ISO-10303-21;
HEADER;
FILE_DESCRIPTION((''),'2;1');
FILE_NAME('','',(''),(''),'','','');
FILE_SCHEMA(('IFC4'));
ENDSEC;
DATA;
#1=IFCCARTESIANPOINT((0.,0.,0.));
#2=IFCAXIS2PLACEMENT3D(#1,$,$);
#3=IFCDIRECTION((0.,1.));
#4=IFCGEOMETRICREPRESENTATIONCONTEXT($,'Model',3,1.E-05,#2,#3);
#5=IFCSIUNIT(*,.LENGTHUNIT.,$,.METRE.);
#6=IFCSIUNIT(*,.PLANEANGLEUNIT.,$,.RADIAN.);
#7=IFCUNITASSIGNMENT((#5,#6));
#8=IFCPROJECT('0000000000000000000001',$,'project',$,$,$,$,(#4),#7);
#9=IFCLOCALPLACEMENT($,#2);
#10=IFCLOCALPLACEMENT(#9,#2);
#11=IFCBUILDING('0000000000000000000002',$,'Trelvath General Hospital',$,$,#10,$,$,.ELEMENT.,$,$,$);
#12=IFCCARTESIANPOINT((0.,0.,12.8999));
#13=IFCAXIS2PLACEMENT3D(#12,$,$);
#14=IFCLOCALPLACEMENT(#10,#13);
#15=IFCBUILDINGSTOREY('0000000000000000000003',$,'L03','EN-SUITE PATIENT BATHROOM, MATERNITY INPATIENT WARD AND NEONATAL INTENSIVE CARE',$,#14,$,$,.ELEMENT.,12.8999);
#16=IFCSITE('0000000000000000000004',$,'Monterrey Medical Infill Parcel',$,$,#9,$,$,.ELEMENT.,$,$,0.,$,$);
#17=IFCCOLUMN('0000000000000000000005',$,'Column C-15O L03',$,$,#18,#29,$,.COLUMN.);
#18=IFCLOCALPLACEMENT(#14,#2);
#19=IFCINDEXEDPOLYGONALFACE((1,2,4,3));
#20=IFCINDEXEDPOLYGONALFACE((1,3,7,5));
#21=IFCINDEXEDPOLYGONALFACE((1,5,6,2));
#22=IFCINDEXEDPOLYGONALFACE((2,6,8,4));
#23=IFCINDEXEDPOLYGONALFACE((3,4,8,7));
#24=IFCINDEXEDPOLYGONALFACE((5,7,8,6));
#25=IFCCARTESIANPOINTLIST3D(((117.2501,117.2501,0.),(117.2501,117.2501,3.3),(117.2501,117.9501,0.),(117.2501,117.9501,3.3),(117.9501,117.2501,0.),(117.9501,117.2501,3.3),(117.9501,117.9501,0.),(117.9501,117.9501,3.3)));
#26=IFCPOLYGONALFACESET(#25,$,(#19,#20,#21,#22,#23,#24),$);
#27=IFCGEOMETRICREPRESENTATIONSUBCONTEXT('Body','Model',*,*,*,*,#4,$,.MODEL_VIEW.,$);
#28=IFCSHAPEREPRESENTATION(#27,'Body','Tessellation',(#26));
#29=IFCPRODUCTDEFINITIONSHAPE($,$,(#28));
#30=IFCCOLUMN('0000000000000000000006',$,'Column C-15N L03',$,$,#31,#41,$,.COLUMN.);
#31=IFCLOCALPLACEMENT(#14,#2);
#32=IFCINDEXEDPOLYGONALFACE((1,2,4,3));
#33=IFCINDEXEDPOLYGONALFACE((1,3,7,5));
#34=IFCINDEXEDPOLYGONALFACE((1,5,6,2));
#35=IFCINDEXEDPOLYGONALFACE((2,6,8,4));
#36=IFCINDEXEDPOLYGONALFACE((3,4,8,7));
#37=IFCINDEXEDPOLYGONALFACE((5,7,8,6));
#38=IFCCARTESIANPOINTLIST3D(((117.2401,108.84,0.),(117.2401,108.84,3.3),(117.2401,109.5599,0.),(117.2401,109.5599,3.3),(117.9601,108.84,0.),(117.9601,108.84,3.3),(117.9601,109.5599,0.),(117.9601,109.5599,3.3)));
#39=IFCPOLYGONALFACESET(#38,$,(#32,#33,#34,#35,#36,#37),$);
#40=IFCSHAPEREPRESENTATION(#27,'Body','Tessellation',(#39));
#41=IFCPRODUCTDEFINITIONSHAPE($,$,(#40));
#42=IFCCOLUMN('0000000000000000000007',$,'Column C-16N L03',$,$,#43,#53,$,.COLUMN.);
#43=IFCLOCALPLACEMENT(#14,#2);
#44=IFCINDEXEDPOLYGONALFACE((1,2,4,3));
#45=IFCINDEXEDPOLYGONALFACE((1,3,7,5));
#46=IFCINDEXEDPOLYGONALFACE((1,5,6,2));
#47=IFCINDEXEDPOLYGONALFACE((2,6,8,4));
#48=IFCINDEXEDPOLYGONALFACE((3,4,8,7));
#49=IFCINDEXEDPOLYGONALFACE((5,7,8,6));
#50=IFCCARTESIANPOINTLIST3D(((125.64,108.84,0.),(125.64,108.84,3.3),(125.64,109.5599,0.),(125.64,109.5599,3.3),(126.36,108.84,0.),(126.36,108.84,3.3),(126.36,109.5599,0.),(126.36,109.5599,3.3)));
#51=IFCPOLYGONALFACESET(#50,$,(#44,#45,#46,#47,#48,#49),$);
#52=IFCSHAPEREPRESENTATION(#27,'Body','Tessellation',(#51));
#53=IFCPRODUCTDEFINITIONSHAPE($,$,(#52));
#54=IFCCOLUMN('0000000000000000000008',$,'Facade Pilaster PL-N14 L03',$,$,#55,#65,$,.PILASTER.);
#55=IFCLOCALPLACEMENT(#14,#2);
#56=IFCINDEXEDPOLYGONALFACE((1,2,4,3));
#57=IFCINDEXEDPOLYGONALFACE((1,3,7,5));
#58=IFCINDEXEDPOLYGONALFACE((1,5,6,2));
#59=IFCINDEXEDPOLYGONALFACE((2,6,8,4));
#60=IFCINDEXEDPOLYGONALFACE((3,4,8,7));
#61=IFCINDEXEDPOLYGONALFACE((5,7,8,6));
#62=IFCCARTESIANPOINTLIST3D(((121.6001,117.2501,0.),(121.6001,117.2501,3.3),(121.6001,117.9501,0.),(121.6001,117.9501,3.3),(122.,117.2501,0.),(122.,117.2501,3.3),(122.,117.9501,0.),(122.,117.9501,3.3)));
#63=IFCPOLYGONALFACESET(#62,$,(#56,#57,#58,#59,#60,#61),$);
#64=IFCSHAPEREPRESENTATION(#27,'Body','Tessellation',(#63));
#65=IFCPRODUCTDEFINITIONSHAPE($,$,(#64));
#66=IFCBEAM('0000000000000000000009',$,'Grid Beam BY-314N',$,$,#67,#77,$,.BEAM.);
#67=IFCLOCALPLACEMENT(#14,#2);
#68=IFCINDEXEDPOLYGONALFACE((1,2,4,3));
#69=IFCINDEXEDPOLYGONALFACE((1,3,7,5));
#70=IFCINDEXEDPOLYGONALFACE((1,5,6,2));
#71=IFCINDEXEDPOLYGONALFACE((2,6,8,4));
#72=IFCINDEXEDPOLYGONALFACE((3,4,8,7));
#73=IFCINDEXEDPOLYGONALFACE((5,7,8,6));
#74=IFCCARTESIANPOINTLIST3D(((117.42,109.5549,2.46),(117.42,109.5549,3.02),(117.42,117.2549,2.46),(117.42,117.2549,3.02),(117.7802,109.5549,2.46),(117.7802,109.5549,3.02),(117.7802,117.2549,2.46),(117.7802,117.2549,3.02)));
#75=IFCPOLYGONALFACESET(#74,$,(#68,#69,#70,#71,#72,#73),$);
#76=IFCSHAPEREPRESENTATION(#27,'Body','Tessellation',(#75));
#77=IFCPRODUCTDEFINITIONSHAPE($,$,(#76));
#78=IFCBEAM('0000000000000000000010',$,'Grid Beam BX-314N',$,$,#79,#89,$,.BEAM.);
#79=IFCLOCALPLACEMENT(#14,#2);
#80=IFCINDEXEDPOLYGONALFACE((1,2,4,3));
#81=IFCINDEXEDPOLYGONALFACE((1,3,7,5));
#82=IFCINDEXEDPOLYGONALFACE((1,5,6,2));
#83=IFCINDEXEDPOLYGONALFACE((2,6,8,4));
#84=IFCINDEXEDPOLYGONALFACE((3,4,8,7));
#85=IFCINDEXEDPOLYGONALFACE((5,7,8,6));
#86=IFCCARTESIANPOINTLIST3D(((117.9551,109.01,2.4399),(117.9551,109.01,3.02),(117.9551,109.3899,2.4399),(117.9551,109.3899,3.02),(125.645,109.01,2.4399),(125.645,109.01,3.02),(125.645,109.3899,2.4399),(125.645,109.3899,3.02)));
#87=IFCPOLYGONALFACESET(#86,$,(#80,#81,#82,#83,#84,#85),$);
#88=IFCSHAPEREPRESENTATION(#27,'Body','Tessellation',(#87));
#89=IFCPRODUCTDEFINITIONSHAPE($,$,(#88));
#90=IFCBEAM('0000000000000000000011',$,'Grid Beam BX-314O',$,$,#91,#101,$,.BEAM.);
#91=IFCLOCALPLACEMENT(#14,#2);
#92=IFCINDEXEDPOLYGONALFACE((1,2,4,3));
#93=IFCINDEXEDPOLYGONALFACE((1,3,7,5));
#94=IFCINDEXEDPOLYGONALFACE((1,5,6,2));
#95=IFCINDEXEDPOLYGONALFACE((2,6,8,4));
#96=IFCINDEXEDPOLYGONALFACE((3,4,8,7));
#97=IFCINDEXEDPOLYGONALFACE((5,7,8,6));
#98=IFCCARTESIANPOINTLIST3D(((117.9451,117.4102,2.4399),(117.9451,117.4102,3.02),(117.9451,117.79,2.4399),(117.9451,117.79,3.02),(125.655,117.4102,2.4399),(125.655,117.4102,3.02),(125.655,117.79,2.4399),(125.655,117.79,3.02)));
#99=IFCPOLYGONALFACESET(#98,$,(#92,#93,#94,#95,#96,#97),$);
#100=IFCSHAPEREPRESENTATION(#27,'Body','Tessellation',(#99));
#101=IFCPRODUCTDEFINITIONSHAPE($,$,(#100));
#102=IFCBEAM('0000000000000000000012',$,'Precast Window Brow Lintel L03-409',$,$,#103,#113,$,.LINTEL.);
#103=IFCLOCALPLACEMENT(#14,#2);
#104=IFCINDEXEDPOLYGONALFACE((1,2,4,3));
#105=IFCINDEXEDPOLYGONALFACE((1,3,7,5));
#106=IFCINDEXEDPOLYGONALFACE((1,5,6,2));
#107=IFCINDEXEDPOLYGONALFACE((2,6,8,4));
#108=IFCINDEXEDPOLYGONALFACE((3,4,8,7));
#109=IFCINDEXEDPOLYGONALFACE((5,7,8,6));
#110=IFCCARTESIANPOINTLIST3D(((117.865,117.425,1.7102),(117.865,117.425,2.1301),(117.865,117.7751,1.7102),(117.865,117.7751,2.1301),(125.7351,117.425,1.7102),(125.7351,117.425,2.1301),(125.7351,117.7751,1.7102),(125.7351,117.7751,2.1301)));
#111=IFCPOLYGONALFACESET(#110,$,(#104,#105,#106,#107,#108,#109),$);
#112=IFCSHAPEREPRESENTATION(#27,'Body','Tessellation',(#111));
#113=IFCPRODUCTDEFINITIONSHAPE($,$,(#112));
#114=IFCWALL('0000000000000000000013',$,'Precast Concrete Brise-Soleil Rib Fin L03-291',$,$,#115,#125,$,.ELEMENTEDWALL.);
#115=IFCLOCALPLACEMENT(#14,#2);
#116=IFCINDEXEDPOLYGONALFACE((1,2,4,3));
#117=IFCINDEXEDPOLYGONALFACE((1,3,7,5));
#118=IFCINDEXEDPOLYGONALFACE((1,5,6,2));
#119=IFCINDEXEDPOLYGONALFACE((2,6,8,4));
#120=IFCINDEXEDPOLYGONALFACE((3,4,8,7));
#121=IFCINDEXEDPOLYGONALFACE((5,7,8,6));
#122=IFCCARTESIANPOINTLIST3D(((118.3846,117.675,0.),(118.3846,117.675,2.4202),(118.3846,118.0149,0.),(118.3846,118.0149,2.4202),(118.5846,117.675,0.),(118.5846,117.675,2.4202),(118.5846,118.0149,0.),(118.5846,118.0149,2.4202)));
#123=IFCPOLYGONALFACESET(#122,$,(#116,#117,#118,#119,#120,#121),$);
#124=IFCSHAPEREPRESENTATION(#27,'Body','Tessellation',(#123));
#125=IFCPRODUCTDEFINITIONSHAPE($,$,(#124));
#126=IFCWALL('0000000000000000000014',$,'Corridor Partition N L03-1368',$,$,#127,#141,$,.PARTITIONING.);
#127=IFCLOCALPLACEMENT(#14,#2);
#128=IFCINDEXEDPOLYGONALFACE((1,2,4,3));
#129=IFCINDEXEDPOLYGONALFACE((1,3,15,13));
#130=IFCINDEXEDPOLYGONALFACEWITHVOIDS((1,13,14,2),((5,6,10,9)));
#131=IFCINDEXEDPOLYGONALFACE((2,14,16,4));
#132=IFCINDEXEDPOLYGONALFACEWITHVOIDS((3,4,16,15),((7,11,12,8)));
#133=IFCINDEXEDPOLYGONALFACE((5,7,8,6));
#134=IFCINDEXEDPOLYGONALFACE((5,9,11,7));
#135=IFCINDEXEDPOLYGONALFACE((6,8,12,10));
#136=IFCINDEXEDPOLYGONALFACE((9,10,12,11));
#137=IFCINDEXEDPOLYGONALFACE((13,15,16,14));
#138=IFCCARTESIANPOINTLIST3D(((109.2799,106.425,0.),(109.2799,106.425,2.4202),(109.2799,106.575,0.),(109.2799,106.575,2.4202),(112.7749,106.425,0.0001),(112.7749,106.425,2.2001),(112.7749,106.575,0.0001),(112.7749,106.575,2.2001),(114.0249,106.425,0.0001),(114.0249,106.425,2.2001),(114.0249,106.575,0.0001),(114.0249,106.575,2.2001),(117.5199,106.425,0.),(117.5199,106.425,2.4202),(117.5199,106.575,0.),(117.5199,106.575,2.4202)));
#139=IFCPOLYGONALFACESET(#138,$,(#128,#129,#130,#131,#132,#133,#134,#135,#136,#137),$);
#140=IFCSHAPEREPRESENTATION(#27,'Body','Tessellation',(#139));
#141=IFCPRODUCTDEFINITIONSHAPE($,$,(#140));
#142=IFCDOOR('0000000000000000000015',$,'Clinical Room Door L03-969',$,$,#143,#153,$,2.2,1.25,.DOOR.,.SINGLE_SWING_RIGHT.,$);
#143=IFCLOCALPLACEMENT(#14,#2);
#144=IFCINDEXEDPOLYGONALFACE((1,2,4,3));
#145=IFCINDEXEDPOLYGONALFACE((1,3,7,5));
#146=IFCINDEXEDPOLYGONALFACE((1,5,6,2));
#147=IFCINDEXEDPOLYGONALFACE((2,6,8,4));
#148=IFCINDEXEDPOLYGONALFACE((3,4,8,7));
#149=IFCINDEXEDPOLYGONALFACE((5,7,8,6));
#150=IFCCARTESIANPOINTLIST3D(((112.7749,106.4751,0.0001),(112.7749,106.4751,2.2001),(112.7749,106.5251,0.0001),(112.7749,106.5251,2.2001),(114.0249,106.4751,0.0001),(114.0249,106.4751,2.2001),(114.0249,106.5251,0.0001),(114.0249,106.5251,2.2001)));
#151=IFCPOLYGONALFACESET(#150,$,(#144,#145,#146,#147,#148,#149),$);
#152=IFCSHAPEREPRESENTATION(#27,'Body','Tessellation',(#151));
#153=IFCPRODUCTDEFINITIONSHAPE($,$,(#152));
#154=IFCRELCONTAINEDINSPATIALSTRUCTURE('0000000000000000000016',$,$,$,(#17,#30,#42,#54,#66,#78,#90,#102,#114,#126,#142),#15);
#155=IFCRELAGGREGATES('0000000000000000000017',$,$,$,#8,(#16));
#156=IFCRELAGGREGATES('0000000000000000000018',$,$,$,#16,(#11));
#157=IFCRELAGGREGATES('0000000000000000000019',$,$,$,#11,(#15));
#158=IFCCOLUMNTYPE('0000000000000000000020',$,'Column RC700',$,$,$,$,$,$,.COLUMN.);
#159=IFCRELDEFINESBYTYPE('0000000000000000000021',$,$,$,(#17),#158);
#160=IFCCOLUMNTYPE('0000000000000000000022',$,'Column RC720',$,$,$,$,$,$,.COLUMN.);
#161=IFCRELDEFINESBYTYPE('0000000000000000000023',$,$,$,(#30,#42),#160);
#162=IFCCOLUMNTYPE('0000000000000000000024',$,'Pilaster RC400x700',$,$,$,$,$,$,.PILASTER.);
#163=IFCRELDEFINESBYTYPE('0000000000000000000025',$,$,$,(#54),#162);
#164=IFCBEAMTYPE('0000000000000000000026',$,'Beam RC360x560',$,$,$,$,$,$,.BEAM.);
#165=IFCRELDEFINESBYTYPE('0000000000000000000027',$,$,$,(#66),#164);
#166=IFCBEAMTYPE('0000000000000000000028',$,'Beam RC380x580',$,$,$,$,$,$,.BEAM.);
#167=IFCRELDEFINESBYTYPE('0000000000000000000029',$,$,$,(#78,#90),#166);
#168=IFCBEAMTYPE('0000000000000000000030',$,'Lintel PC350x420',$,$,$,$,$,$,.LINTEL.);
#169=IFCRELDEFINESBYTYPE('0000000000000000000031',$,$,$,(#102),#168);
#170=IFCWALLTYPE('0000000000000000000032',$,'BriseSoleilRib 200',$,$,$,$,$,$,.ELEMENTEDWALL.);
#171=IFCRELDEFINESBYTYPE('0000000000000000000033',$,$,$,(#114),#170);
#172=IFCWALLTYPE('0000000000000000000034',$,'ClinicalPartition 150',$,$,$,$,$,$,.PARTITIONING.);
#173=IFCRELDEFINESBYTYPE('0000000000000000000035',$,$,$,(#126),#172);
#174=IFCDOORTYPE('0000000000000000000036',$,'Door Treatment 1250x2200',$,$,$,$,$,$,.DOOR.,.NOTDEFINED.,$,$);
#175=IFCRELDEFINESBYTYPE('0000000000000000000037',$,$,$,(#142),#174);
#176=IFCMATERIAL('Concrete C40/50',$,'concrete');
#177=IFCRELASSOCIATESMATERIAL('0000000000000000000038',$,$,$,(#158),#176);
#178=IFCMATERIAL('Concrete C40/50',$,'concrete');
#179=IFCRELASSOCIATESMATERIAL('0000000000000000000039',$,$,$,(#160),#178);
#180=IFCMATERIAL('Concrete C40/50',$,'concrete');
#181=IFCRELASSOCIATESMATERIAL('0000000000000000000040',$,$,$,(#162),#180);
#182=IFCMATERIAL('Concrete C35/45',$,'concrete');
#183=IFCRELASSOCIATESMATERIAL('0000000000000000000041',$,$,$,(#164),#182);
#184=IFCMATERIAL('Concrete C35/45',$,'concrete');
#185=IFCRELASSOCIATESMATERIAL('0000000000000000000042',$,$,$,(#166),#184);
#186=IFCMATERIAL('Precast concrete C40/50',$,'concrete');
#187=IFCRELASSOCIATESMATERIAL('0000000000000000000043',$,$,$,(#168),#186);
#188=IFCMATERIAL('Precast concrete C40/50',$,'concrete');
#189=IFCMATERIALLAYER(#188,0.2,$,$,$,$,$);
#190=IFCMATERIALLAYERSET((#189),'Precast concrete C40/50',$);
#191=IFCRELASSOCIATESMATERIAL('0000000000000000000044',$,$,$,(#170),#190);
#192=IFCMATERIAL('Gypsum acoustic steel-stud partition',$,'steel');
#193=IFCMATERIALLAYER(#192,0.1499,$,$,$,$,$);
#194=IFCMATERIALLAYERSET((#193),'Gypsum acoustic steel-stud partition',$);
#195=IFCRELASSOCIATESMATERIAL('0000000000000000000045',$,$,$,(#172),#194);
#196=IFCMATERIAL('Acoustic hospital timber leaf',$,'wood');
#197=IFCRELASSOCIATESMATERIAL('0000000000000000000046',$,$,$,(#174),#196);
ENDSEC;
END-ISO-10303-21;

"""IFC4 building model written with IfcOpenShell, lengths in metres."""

from ifc_helpers import new_model, si_unit, direction, frame, frame_2d, origin, origin_2d, place, context, subcontext, project, spatial, rectangle, extrude, material, layer, layer_set, material_profile, profile_set, type_object, element, fill, save


model = new_model("IFC4")

# Units and contexts
model_context = context("Model", 3, precision=1e-05, world=origin(), true_north=direction((0.0, 1.0)))
body_context = subcontext(model_context, "Body", "Model", "MODEL_VIEW")
ifc_project = project(units=[si_unit("LENGTHUNIT", "METRE"), si_unit("PLANEANGLEUNIT", "RADIAN")], contexts=[model_context])

# Site, building, storey
site_placement = place(None, origin())
site = spatial("IfcSite", under=ifc_project, at=site_placement, Name="Monterrey Medical Infill Parcel", CompositionType="ELEMENT", RefElevation=0.0)
building_placement = place(site_placement, origin())
building = spatial("IfcBuilding", under=site, at=building_placement, Name="Trelvath General Hospital", CompositionType="ELEMENT")
storey_placement = place(building_placement, frame((0.0, 0.0, 12.8999)))
storey = spatial("IfcBuildingStorey", under=building, at=storey_placement, Name="L03", Description="EN-SUITE PATIENT BATHROOM, MATERNITY INPATIENT WARD AND NEONATAL INTENSIVE CARE", CompositionType="ELEMENT", Elevation=12.8999)

# Columns
ifc_material_1 = material(Name="Concrete C40/50", Category="concrete")
ifc_material_profile_1 = material_profile(ifc_material_1, rectangle(XDim=0.7, YDim=0.7, at=origin_2d()), Name="RC700x700")
ifc_profile_set_1 = profile_set([ifc_material_profile_1], Name="Concrete C40/50")
column_type_1 = type_object("IfcColumnType", Name="Column RC700", PredefinedType="COLUMN", material=ifc_profile_set_1)
column_1_placement = place(storey_placement, frame((117.6001, 117.6001, 0.0), z_axis=(0.0, 0.0, 1.0), x_axis=(1.0, 0.0, 0.0)))
element("IfcColumn", 1, at=column_1_placement, inside=storey, type_object=column_type_1, Name="Column C-15O L03", PredefinedType="COLUMN", context=body_context, shape_type="SweptSolid", body=[
    extrude(rectangle(XDim=0.7, YDim=0.7, at=origin_2d()), origin(), (0.0, 0.0, 1.0), 3.3),
])
ifc_material_2 = material(Name="Concrete C40/50", Category="concrete")
ifc_material_profile_2 = material_profile(ifc_material_2, rectangle(XDim=0.72, YDim=0.72, at=origin_2d()), Name="RC720x720")
ifc_profile_set_2 = profile_set([ifc_material_profile_2], Name="Concrete C40/50")
column_type_2 = type_object("IfcColumnType", Name="Column RC720", PredefinedType="COLUMN", material=ifc_profile_set_2)
for number, where, z_axis, x_axis, name in (
    (2, (117.6001, 109.2, 0.0), (0.0, 0.0, 1.0), (1.0, 0.0, 0.0), "Column C-15N L03"),
    (3, (126.0, 109.2, 0.0), (0.0, 0.0, 1.0), (1.0, 0.0, 0.0), "Column C-16N L03"),
):
    element("IfcColumn", number, at=place(storey_placement, frame(where, z_axis=z_axis, x_axis=x_axis)), inside=storey, type_object=column_type_2, Name=name, PredefinedType="COLUMN", context=body_context, shape_type="SweptSolid", body=[
        extrude(rectangle(XDim=0.72, YDim=0.72, at=origin_2d()), origin(), (0.0, 0.0, 1.0), 3.3),
    ])
ifc_material_3 = material(Name="Concrete C40/50", Category="concrete")
ifc_material_profile_3 = material_profile(ifc_material_3, rectangle(XDim=0.3999, YDim=0.7, at=origin_2d()), Name="RC400x700")
ifc_profile_set_3 = profile_set([ifc_material_profile_3], Name="Concrete C40/50")
column_type_3 = type_object("IfcColumnType", Name="Pilaster RC400x700", PredefinedType="PILASTER", material=ifc_profile_set_3)
column_2_placement = place(storey_placement, frame((121.8, 117.6001, 0.0), z_axis=(0.0, 0.0, 1.0), x_axis=(1.0, 0.0, 0.0)))
element("IfcColumn", 4, at=column_2_placement, inside=storey, type_object=column_type_3, Name="Facade Pilaster PL-N14 L03", PredefinedType="PILASTER", context=body_context, shape_type="SweptSolid", body=[
    extrude(rectangle(XDim=0.3999, YDim=0.7, at=origin_2d()), origin(), (0.0, 0.0, 1.0), 3.3),
])

# Beams
ifc_material_4 = material(Name="Concrete C35/45", Category="concrete")
ifc_material_profile_4 = material_profile(ifc_material_4, rectangle(XDim=0.3601, YDim=0.5601, at=origin_2d()), Name="RCB360x560")
ifc_profile_set_4 = profile_set([ifc_material_profile_4], Name="Concrete C35/45")
beam_type_1 = type_object("IfcBeamType", Name="Beam RC360x560", PredefinedType="BEAM", material=ifc_profile_set_4)
beam_1_placement = place(storey_placement, frame((117.6001, 109.5549, 2.74), z_axis=(0.0, 1.0, 0.0), x_axis=(-1.0, 0.0, 0.0)))
element("IfcBeam", 5, at=beam_1_placement, inside=storey, type_object=beam_type_1, Name="Grid Beam BY-314N", PredefinedType="BEAM", context=body_context, shape_type="SweptSolid", body=[
    extrude(rectangle(XDim=0.3601, YDim=0.5601, at=origin_2d()), origin(), (0.0, 0.0, 1.0), 7.7),
])
ifc_material_5 = material(Name="Concrete C35/45", Category="concrete")
ifc_material_profile_5 = material_profile(ifc_material_5, rectangle(XDim=0.3799, YDim=0.5801, at=origin_2d()), Name="RCB380x580")
ifc_profile_set_5 = profile_set([ifc_material_profile_5], Name="Concrete C35/45")
beam_type_2 = type_object("IfcBeamType", Name="Beam RC380x580", PredefinedType="BEAM", material=ifc_profile_set_5)
beam_2_placement = place(storey_placement, frame((117.9551, 109.2, 2.73), z_axis=(1.0, 0.0, 0.0), x_axis=(0.0, 1.0, 0.0)))
element("IfcBeam", 6, at=beam_2_placement, inside=storey, type_object=beam_type_2, Name="Grid Beam BX-314N", PredefinedType="BEAM", context=body_context, shape_type="SweptSolid", body=[
    extrude(rectangle(XDim=0.3799, YDim=0.5801, at=origin_2d()), origin(), (0.0, 0.0, 1.0), 7.6899),
])
beam_3_placement = place(storey_placement, frame((117.9451, 117.6001, 2.73), z_axis=(1.0, 0.0, 0.0), x_axis=(0.0, 1.0, 0.0)))
element("IfcBeam", 7, at=beam_3_placement, inside=storey, type_object=beam_type_2, Name="Grid Beam BX-314O", PredefinedType="BEAM", context=body_context, shape_type="SweptSolid", body=[
    extrude(rectangle(XDim=0.3799, YDim=0.5801, at=origin_2d()), origin(), (0.0, 0.0, 1.0), 7.71),
])
ifc_material_6 = material(Name="Precast concrete C40/50", Category="concrete")
ifc_material_profile_6 = material_profile(ifc_material_6, rectangle(XDim=0.3501, YDim=0.4199, at=origin_2d()), Name="PCL350x420")
ifc_profile_set_6 = profile_set([ifc_material_profile_6], Name="Precast concrete C40/50")
beam_type_3 = type_object("IfcBeamType", Name="Lintel PC350x420", PredefinedType="LINTEL", material=ifc_profile_set_6)
beam_4_placement = place(storey_placement, frame((117.865, 117.6001, 1.9202), z_axis=(1.0, 0.0, 0.0), x_axis=(0.0, 1.0, 0.0)))
element("IfcBeam", 8, at=beam_4_placement, inside=storey, type_object=beam_type_3, Name="Precast Window Brow Lintel L03-409", PredefinedType="LINTEL", context=body_context, shape_type="SweptSolid", body=[
    extrude(rectangle(XDim=0.3501, YDim=0.4199, at=origin_2d()), origin(), (0.0, 0.0, 1.0), 7.8701),
])

# Wall
ifc_material_7 = material(Name="Precast concrete C40/50", Category="concrete")
ifc_layer_1 = layer(ifc_material_7, 0.2)
ifc_layer_set_1 = layer_set([ifc_layer_1], Name="Precast concrete C40/50")
wall_type_1 = type_object("IfcWallType", Name="BriseSoleilRib 200", PredefinedType="ELEMENTEDWALL", material=ifc_layer_set_1)
wall_1_placement = place(storey_placement, frame((118.4846, 117.675, 0.0), z_axis=(0.0, 0.0, 1.0), x_axis=(0.0, 1.0, 0.0)))
element("IfcWall", 9, at=wall_1_placement, inside=storey, type_object=wall_type_1, Name="Precast Concrete Brise-Soleil Rib Fin L03-291", PredefinedType="ELEMENTEDWALL", context=body_context, shape_type="SweptSolid", body=[
    extrude(rectangle(XDim=0.3398, YDim=0.2, at=frame_2d((0.1699, 0.0))), origin(), (0.0, 0.0, 1.0), 2.4202),
])

# Wall, opening, door
ifc_material_8 = material(Name="Gypsum acoustic steel-stud partition", Category="steel")
ifc_layer_2 = layer(ifc_material_8, 0.1499)
ifc_layer_set_2 = layer_set([ifc_layer_2], Name="Gypsum acoustic steel-stud partition")
wall_type_2 = type_object("IfcWallType", Name="ClinicalPartition 150", PredefinedType="PARTITIONING", material=ifc_layer_set_2)
wall_2_placement = place(storey_placement, frame((117.52, 106.5, 0.0), z_axis=(0.0, 0.0, 1.0), x_axis=(-1.0, 0.0, 0.0)))
wall_2 = element("IfcWall", 10, at=wall_2_placement, inside=storey, type_object=wall_type_2, Name="Corridor Partition N L03-1368", PredefinedType="PARTITIONING", context=body_context, shape_type="SweptSolid", body=[
    extrude(rectangle(XDim=8.24, YDim=0.1499, at=frame_2d((4.1201, 0.0))), origin(), (0.0, 0.0, 1.0), 2.4202),
])
opening_1_placement = place(wall_2_placement, frame((3.4951, 0.0, 0.0)))
opening_1 = element("IfcOpeningElement", 11, at=opening_1_placement, cuts=wall_2, PredefinedType="OPENING", context=body_context, shape_type="SweptSolid", body=[
    extrude(rectangle(XDim=1.25, YDim=2.2, at=frame_2d((0.625, 1.1001))), frame((0.0, 0.085, 0.0), z_axis=(0.0, -1.0, 0.0), x_axis=(1.0, 0.0, 0.0)), (0.0, 0.0, 1.0), 0.1699),
])
ifc_material_9 = material(Name="Acoustic hospital timber leaf", Category="wood")
door_type_1 = type_object("IfcDoorType", Name="Door Treatment 1250x2200", OperationType="NOTDEFINED", PredefinedType="DOOR", material=ifc_material_9)
door_1_placement = place(opening_1_placement, origin())
door_1 = element("IfcDoor", 12, at=door_1_placement, inside=storey, type_object=door_type_1, Name="Clinical Room Door L03-969", OperationType="SINGLE_SWING_RIGHT", OverallHeight=2.2, OverallWidth=1.25, PredefinedType="DOOR", context=body_context, shape_type="SweptSolid", body=[
    extrude(rectangle(XDim=1.25, YDim=2.2, at=frame_2d((0.625, 1.1001))), frame((0.0, 0.0249, 0.0), z_axis=(0.0, -1.0, 0.0), x_axis=(1.0, 0.0, 0.0)), (0.0, 0.0, 1.0), 0.05),
])
fill(opening_1, door_1)

save(model, "model.ifc")
